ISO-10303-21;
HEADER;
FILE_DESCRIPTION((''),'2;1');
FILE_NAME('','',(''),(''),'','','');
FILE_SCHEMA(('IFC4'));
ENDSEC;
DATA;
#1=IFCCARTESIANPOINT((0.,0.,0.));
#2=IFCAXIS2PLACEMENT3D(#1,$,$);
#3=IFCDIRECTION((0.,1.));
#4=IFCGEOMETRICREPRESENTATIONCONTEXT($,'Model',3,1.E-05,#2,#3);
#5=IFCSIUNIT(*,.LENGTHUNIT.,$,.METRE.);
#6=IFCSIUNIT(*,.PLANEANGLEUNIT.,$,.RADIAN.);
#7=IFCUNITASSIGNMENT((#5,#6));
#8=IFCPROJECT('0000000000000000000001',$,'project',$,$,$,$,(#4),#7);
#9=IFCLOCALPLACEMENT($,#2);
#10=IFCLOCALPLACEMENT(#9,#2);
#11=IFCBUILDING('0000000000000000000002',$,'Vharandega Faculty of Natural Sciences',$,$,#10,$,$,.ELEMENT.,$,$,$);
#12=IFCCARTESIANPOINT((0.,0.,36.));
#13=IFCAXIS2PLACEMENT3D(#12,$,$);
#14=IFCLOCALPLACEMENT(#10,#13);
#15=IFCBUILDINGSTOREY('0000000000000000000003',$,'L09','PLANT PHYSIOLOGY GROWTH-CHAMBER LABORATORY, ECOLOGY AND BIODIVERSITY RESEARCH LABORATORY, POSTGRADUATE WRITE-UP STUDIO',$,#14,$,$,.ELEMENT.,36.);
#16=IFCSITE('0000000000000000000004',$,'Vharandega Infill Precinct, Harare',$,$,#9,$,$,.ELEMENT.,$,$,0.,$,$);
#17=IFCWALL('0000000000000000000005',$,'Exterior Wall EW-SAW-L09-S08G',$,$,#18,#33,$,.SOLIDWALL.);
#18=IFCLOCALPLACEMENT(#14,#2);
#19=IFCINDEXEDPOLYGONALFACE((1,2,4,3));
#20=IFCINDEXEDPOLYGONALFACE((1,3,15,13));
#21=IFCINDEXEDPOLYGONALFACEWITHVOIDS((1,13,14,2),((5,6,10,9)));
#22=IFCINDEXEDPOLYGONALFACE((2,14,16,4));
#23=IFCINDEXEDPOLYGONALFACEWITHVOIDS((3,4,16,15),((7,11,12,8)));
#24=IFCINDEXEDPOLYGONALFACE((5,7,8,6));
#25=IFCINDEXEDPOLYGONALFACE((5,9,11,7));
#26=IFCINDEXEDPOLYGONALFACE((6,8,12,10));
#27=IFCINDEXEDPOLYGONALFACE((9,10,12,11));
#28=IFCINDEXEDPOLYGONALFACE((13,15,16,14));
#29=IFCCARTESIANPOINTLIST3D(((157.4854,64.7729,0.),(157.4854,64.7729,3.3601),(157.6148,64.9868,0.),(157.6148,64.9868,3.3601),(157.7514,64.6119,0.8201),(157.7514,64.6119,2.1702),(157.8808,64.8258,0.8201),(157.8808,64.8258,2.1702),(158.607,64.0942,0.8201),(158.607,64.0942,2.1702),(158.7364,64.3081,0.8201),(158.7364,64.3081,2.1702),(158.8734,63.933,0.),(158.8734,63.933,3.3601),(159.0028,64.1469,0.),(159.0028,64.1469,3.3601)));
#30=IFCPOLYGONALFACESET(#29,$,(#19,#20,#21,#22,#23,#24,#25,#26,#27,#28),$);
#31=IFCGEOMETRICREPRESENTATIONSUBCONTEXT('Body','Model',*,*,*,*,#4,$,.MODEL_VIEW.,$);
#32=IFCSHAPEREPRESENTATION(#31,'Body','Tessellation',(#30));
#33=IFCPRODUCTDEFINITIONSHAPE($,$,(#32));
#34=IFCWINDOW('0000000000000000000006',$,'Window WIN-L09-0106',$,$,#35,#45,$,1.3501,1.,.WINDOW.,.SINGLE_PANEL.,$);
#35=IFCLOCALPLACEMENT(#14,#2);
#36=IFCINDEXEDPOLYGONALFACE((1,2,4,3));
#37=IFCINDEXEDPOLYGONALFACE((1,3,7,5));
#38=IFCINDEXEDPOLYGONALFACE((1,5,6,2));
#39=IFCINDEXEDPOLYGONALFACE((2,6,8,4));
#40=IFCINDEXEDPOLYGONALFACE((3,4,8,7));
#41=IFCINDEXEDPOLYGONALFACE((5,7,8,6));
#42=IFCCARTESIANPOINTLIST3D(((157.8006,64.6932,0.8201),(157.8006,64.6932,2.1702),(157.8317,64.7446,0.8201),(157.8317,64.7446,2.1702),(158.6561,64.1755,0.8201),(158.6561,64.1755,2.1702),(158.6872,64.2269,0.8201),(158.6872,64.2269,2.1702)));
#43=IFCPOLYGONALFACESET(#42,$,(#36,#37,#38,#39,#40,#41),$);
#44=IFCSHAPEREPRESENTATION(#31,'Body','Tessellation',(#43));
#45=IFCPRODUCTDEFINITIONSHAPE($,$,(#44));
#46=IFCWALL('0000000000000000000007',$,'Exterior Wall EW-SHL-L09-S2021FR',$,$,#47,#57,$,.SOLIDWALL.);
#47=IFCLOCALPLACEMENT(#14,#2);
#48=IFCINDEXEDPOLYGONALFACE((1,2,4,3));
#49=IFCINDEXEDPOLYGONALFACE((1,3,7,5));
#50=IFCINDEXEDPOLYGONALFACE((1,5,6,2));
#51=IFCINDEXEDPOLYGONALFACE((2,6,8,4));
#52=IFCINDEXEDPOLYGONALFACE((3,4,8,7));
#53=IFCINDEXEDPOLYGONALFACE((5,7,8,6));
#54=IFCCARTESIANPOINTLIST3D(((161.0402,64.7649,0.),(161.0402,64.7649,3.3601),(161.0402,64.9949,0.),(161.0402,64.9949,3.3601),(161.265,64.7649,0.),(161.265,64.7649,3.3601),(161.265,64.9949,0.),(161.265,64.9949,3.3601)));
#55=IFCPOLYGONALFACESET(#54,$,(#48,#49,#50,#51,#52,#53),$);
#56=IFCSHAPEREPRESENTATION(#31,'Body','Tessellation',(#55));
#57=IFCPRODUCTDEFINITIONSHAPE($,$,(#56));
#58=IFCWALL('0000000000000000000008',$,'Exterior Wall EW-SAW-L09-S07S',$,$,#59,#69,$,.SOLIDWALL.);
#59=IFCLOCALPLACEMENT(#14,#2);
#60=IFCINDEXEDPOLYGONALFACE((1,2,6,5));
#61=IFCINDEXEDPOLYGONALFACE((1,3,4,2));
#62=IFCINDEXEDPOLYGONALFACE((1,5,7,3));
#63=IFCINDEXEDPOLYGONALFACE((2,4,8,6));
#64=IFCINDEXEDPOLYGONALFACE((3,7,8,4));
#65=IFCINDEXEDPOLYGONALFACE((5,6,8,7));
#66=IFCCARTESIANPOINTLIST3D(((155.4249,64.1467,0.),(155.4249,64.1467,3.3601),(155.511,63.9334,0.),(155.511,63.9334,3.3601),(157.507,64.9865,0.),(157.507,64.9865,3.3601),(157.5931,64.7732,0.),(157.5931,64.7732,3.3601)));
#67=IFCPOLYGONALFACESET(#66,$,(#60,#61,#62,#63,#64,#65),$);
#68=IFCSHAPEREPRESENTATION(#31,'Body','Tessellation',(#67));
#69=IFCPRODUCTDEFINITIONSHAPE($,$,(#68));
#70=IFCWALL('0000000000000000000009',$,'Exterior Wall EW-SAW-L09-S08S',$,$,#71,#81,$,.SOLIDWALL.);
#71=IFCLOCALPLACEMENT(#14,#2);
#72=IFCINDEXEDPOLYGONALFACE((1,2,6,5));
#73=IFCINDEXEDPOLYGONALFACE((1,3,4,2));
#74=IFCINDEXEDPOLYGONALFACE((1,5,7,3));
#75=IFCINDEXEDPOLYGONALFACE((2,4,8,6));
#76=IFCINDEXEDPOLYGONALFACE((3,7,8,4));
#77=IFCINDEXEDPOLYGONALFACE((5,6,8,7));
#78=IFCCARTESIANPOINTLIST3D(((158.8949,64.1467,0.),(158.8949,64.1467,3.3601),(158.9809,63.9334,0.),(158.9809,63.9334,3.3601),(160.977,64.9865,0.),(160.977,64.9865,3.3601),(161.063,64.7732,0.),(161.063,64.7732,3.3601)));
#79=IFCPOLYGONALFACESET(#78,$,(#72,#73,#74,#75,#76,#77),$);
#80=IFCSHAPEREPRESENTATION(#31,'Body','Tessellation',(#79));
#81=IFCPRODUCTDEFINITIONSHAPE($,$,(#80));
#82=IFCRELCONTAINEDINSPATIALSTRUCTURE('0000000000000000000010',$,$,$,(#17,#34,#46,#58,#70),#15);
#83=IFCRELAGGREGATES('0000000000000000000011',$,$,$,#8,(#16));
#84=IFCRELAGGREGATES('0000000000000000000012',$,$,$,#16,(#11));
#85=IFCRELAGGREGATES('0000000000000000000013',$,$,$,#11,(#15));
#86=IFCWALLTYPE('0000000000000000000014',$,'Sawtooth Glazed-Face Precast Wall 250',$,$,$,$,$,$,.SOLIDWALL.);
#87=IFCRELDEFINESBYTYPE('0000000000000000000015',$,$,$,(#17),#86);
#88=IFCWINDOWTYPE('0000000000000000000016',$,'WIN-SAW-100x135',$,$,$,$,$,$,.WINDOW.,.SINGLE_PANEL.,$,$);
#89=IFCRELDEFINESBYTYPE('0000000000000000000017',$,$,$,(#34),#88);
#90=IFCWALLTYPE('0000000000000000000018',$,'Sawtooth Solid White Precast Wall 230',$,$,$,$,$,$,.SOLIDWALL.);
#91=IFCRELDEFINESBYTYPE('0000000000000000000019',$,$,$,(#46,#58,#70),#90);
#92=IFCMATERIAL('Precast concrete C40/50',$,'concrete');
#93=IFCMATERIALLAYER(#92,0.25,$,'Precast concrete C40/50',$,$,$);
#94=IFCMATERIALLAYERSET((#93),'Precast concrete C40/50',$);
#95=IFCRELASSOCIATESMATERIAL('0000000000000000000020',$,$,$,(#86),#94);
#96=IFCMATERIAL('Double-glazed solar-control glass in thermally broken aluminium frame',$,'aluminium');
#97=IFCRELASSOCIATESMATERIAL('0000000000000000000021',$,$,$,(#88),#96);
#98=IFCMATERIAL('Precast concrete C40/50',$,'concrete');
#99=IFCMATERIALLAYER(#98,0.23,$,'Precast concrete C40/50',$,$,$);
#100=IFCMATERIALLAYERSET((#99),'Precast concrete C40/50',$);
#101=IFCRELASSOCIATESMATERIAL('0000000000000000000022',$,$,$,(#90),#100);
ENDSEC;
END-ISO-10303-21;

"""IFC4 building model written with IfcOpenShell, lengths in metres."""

from ifc_helpers import new_model, si_unit, direction, frame, frame_2d, origin, place, context, subcontext, project, spatial, rectangle, extrude, material, layer, layer_set, type_object, element, fill, save


model = new_model("IFC4")

# Units and contexts
model_context = context("Model", 3, precision=1e-05, world=origin(), true_north=direction((0.0, 1.0)))
body_context = subcontext(model_context, "Body", "Model", "MODEL_VIEW")
ifc_project = project(units=[si_unit("LENGTHUNIT", "METRE"), si_unit("PLANEANGLEUNIT", "RADIAN")], contexts=[model_context])

# Site, building, storey
site_placement = place(None, origin())
site = spatial("IfcSite", under=ifc_project, at=site_placement, Name="Vharandega Infill Precinct, Harare", CompositionType="ELEMENT", RefElevation=0.0)
building_placement = place(site_placement, origin())
building = spatial("IfcBuilding", under=site, at=building_placement, Name="Vharandega Faculty of Natural Sciences", CompositionType="ELEMENT")
storey_placement = place(building_placement, frame((0.0, 0.0, 36.0)))
storey = spatial("IfcBuildingStorey", under=building, at=storey_placement, Name="L09", Description="PLANT PHYSIOLOGY GROWTH-CHAMBER LABORATORY, ECOLOGY AND BIODIVERSITY RESEARCH LABORATORY, POSTGRADUATE WRITE-UP STUDIO", CompositionType="ELEMENT", Elevation=36.0)

# Wall, opening, window
ifc_material_1 = material(Name="Precast concrete C40/50", Category="concrete")
ifc_layer_1 = layer(ifc_material_1, 0.25, Name="Precast concrete C40/50")
ifc_layer_set_1 = layer_set([ifc_layer_1], Name="Precast concrete C40/50")
wall_type_1 = type_object("IfcWallType", Name="Sawtooth Glazed-Face Precast Wall 250", PredefinedType="SOLIDWALL", material=ifc_layer_set_1)
wall_1_placement = place(storey_placement, frame((158.938, 64.04, 0.0), z_axis=(0.0, 0.0, 1.0), x_axis=(-0.855561, 0.517701, 0.0)))
wall_1 = element("IfcWall", 1, at=wall_1_placement, inside=storey, type_object=wall_type_1, Name="Exterior Wall EW-SAW-L09-S08G", PredefinedType="SOLIDWALL", context=body_context, shape_type="SweptSolid", body=[
    extrude(rectangle(XDim=1.6223, YDim=0.25, at=frame_2d((0.811, 0.0))), origin(), (0.0, 0.0, 1.0), 3.3601),
])
opening_1_placement = place(wall_1_placement, frame((0.3113, 0.0, 0.8201)))
opening_1 = element("IfcOpeningElement", 2, at=opening_1_placement, cuts=wall_1, PredefinedType="OPENING", context=body_context, shape_type="SweptSolid", body=[
    extrude(rectangle(XDim=1.0, YDim=1.3501, at=frame_2d((0.5, 0.675))), frame((0.0, 0.135, 0.0), z_axis=(0.0, -1.0, 0.0), x_axis=(1.0, 0.0, 0.0)), (0.0, 0.0, 1.0), 0.27),
])
ifc_material_2 = material(Name="Double-glazed solar-control glass in thermally broken aluminium frame", Category="aluminium")
window_type = type_object("IfcWindowType", Name="WIN-SAW-100x135", PartitioningType="SINGLE_PANEL", PredefinedType="WINDOW", material=ifc_material_2)
window_placement = place(opening_1_placement, origin())
window = element("IfcWindow", 3, at=window_placement, inside=storey, type_object=window_type, Name="Window WIN-L09-0106", OverallHeight=1.3501, OverallWidth=1.0, PartitioningType="SINGLE_PANEL", PredefinedType="WINDOW", context=body_context, shape_type="SweptSolid", body=[
    extrude(rectangle(XDim=1.0, YDim=1.3501, at=frame_2d((0.5, 0.675))), frame((0.0, 0.03, 0.0), z_axis=(0.0, -1.0, 0.0), x_axis=(1.0, 0.0, 0.0)), (0.0, 0.0, 1.0), 0.0601),
])
fill(opening_1, window)

# Walls
ifc_material_3 = material(Name="Precast concrete C40/50", Category="concrete")
ifc_layer_2 = layer(ifc_material_3, 0.23, Name="Precast concrete C40/50")
ifc_layer_set_2 = layer_set([ifc_layer_2], Name="Precast concrete C40/50")
wall_type_2 = type_object("IfcWallType", Name="Sawtooth Solid White Precast Wall 230", PredefinedType="SOLIDWALL", material=ifc_layer_set_2)
wall_2_placement = place(storey_placement, frame((161.2649, 64.8799, 0.0), z_axis=(0.0, 0.0, 1.0), x_axis=(-1.0, 0.0, 0.0)))
element("IfcWall", 4, at=wall_2_placement, inside=storey, type_object=wall_type_2, Name="Exterior Wall EW-SHL-L09-S2021FR", PredefinedType="SOLIDWALL", context=body_context, shape_type="SweptSolid", body=[
    extrude(rectangle(XDim=0.2249, YDim=0.23, at=frame_2d((0.1123, 0.0))), origin(), (0.0, 0.0, 1.0), 3.3601),
])
for number, where, z_axis, x_axis, name in (
    (5, (157.55, 64.8799, 0.0), (0.0, 0.0, 1.0), (-0.927393, -0.374089, 0.0), "Exterior Wall EW-SAW-L09-S07S"),
    (6, (161.02, 64.8799, 0.0), (0.0, 0.0, 1.0), (-0.927393, -0.374089, 0.0), "Exterior Wall EW-SAW-L09-S08S"),
):
    element("IfcWall", number, at=place(storey_placement, frame(where, z_axis=z_axis, x_axis=x_axis)), inside=storey, type_object=wall_type_2, Name=name, PredefinedType="SOLIDWALL", context=body_context, shape_type="SweptSolid", body=[
        extrude(rectangle(XDim=2.2451, YDim=0.23, at=frame_2d((1.1226, 0.0))), origin(), (0.0, 0.0, 1.0), 3.3601),
    ])

save(model, "model.ifc")
